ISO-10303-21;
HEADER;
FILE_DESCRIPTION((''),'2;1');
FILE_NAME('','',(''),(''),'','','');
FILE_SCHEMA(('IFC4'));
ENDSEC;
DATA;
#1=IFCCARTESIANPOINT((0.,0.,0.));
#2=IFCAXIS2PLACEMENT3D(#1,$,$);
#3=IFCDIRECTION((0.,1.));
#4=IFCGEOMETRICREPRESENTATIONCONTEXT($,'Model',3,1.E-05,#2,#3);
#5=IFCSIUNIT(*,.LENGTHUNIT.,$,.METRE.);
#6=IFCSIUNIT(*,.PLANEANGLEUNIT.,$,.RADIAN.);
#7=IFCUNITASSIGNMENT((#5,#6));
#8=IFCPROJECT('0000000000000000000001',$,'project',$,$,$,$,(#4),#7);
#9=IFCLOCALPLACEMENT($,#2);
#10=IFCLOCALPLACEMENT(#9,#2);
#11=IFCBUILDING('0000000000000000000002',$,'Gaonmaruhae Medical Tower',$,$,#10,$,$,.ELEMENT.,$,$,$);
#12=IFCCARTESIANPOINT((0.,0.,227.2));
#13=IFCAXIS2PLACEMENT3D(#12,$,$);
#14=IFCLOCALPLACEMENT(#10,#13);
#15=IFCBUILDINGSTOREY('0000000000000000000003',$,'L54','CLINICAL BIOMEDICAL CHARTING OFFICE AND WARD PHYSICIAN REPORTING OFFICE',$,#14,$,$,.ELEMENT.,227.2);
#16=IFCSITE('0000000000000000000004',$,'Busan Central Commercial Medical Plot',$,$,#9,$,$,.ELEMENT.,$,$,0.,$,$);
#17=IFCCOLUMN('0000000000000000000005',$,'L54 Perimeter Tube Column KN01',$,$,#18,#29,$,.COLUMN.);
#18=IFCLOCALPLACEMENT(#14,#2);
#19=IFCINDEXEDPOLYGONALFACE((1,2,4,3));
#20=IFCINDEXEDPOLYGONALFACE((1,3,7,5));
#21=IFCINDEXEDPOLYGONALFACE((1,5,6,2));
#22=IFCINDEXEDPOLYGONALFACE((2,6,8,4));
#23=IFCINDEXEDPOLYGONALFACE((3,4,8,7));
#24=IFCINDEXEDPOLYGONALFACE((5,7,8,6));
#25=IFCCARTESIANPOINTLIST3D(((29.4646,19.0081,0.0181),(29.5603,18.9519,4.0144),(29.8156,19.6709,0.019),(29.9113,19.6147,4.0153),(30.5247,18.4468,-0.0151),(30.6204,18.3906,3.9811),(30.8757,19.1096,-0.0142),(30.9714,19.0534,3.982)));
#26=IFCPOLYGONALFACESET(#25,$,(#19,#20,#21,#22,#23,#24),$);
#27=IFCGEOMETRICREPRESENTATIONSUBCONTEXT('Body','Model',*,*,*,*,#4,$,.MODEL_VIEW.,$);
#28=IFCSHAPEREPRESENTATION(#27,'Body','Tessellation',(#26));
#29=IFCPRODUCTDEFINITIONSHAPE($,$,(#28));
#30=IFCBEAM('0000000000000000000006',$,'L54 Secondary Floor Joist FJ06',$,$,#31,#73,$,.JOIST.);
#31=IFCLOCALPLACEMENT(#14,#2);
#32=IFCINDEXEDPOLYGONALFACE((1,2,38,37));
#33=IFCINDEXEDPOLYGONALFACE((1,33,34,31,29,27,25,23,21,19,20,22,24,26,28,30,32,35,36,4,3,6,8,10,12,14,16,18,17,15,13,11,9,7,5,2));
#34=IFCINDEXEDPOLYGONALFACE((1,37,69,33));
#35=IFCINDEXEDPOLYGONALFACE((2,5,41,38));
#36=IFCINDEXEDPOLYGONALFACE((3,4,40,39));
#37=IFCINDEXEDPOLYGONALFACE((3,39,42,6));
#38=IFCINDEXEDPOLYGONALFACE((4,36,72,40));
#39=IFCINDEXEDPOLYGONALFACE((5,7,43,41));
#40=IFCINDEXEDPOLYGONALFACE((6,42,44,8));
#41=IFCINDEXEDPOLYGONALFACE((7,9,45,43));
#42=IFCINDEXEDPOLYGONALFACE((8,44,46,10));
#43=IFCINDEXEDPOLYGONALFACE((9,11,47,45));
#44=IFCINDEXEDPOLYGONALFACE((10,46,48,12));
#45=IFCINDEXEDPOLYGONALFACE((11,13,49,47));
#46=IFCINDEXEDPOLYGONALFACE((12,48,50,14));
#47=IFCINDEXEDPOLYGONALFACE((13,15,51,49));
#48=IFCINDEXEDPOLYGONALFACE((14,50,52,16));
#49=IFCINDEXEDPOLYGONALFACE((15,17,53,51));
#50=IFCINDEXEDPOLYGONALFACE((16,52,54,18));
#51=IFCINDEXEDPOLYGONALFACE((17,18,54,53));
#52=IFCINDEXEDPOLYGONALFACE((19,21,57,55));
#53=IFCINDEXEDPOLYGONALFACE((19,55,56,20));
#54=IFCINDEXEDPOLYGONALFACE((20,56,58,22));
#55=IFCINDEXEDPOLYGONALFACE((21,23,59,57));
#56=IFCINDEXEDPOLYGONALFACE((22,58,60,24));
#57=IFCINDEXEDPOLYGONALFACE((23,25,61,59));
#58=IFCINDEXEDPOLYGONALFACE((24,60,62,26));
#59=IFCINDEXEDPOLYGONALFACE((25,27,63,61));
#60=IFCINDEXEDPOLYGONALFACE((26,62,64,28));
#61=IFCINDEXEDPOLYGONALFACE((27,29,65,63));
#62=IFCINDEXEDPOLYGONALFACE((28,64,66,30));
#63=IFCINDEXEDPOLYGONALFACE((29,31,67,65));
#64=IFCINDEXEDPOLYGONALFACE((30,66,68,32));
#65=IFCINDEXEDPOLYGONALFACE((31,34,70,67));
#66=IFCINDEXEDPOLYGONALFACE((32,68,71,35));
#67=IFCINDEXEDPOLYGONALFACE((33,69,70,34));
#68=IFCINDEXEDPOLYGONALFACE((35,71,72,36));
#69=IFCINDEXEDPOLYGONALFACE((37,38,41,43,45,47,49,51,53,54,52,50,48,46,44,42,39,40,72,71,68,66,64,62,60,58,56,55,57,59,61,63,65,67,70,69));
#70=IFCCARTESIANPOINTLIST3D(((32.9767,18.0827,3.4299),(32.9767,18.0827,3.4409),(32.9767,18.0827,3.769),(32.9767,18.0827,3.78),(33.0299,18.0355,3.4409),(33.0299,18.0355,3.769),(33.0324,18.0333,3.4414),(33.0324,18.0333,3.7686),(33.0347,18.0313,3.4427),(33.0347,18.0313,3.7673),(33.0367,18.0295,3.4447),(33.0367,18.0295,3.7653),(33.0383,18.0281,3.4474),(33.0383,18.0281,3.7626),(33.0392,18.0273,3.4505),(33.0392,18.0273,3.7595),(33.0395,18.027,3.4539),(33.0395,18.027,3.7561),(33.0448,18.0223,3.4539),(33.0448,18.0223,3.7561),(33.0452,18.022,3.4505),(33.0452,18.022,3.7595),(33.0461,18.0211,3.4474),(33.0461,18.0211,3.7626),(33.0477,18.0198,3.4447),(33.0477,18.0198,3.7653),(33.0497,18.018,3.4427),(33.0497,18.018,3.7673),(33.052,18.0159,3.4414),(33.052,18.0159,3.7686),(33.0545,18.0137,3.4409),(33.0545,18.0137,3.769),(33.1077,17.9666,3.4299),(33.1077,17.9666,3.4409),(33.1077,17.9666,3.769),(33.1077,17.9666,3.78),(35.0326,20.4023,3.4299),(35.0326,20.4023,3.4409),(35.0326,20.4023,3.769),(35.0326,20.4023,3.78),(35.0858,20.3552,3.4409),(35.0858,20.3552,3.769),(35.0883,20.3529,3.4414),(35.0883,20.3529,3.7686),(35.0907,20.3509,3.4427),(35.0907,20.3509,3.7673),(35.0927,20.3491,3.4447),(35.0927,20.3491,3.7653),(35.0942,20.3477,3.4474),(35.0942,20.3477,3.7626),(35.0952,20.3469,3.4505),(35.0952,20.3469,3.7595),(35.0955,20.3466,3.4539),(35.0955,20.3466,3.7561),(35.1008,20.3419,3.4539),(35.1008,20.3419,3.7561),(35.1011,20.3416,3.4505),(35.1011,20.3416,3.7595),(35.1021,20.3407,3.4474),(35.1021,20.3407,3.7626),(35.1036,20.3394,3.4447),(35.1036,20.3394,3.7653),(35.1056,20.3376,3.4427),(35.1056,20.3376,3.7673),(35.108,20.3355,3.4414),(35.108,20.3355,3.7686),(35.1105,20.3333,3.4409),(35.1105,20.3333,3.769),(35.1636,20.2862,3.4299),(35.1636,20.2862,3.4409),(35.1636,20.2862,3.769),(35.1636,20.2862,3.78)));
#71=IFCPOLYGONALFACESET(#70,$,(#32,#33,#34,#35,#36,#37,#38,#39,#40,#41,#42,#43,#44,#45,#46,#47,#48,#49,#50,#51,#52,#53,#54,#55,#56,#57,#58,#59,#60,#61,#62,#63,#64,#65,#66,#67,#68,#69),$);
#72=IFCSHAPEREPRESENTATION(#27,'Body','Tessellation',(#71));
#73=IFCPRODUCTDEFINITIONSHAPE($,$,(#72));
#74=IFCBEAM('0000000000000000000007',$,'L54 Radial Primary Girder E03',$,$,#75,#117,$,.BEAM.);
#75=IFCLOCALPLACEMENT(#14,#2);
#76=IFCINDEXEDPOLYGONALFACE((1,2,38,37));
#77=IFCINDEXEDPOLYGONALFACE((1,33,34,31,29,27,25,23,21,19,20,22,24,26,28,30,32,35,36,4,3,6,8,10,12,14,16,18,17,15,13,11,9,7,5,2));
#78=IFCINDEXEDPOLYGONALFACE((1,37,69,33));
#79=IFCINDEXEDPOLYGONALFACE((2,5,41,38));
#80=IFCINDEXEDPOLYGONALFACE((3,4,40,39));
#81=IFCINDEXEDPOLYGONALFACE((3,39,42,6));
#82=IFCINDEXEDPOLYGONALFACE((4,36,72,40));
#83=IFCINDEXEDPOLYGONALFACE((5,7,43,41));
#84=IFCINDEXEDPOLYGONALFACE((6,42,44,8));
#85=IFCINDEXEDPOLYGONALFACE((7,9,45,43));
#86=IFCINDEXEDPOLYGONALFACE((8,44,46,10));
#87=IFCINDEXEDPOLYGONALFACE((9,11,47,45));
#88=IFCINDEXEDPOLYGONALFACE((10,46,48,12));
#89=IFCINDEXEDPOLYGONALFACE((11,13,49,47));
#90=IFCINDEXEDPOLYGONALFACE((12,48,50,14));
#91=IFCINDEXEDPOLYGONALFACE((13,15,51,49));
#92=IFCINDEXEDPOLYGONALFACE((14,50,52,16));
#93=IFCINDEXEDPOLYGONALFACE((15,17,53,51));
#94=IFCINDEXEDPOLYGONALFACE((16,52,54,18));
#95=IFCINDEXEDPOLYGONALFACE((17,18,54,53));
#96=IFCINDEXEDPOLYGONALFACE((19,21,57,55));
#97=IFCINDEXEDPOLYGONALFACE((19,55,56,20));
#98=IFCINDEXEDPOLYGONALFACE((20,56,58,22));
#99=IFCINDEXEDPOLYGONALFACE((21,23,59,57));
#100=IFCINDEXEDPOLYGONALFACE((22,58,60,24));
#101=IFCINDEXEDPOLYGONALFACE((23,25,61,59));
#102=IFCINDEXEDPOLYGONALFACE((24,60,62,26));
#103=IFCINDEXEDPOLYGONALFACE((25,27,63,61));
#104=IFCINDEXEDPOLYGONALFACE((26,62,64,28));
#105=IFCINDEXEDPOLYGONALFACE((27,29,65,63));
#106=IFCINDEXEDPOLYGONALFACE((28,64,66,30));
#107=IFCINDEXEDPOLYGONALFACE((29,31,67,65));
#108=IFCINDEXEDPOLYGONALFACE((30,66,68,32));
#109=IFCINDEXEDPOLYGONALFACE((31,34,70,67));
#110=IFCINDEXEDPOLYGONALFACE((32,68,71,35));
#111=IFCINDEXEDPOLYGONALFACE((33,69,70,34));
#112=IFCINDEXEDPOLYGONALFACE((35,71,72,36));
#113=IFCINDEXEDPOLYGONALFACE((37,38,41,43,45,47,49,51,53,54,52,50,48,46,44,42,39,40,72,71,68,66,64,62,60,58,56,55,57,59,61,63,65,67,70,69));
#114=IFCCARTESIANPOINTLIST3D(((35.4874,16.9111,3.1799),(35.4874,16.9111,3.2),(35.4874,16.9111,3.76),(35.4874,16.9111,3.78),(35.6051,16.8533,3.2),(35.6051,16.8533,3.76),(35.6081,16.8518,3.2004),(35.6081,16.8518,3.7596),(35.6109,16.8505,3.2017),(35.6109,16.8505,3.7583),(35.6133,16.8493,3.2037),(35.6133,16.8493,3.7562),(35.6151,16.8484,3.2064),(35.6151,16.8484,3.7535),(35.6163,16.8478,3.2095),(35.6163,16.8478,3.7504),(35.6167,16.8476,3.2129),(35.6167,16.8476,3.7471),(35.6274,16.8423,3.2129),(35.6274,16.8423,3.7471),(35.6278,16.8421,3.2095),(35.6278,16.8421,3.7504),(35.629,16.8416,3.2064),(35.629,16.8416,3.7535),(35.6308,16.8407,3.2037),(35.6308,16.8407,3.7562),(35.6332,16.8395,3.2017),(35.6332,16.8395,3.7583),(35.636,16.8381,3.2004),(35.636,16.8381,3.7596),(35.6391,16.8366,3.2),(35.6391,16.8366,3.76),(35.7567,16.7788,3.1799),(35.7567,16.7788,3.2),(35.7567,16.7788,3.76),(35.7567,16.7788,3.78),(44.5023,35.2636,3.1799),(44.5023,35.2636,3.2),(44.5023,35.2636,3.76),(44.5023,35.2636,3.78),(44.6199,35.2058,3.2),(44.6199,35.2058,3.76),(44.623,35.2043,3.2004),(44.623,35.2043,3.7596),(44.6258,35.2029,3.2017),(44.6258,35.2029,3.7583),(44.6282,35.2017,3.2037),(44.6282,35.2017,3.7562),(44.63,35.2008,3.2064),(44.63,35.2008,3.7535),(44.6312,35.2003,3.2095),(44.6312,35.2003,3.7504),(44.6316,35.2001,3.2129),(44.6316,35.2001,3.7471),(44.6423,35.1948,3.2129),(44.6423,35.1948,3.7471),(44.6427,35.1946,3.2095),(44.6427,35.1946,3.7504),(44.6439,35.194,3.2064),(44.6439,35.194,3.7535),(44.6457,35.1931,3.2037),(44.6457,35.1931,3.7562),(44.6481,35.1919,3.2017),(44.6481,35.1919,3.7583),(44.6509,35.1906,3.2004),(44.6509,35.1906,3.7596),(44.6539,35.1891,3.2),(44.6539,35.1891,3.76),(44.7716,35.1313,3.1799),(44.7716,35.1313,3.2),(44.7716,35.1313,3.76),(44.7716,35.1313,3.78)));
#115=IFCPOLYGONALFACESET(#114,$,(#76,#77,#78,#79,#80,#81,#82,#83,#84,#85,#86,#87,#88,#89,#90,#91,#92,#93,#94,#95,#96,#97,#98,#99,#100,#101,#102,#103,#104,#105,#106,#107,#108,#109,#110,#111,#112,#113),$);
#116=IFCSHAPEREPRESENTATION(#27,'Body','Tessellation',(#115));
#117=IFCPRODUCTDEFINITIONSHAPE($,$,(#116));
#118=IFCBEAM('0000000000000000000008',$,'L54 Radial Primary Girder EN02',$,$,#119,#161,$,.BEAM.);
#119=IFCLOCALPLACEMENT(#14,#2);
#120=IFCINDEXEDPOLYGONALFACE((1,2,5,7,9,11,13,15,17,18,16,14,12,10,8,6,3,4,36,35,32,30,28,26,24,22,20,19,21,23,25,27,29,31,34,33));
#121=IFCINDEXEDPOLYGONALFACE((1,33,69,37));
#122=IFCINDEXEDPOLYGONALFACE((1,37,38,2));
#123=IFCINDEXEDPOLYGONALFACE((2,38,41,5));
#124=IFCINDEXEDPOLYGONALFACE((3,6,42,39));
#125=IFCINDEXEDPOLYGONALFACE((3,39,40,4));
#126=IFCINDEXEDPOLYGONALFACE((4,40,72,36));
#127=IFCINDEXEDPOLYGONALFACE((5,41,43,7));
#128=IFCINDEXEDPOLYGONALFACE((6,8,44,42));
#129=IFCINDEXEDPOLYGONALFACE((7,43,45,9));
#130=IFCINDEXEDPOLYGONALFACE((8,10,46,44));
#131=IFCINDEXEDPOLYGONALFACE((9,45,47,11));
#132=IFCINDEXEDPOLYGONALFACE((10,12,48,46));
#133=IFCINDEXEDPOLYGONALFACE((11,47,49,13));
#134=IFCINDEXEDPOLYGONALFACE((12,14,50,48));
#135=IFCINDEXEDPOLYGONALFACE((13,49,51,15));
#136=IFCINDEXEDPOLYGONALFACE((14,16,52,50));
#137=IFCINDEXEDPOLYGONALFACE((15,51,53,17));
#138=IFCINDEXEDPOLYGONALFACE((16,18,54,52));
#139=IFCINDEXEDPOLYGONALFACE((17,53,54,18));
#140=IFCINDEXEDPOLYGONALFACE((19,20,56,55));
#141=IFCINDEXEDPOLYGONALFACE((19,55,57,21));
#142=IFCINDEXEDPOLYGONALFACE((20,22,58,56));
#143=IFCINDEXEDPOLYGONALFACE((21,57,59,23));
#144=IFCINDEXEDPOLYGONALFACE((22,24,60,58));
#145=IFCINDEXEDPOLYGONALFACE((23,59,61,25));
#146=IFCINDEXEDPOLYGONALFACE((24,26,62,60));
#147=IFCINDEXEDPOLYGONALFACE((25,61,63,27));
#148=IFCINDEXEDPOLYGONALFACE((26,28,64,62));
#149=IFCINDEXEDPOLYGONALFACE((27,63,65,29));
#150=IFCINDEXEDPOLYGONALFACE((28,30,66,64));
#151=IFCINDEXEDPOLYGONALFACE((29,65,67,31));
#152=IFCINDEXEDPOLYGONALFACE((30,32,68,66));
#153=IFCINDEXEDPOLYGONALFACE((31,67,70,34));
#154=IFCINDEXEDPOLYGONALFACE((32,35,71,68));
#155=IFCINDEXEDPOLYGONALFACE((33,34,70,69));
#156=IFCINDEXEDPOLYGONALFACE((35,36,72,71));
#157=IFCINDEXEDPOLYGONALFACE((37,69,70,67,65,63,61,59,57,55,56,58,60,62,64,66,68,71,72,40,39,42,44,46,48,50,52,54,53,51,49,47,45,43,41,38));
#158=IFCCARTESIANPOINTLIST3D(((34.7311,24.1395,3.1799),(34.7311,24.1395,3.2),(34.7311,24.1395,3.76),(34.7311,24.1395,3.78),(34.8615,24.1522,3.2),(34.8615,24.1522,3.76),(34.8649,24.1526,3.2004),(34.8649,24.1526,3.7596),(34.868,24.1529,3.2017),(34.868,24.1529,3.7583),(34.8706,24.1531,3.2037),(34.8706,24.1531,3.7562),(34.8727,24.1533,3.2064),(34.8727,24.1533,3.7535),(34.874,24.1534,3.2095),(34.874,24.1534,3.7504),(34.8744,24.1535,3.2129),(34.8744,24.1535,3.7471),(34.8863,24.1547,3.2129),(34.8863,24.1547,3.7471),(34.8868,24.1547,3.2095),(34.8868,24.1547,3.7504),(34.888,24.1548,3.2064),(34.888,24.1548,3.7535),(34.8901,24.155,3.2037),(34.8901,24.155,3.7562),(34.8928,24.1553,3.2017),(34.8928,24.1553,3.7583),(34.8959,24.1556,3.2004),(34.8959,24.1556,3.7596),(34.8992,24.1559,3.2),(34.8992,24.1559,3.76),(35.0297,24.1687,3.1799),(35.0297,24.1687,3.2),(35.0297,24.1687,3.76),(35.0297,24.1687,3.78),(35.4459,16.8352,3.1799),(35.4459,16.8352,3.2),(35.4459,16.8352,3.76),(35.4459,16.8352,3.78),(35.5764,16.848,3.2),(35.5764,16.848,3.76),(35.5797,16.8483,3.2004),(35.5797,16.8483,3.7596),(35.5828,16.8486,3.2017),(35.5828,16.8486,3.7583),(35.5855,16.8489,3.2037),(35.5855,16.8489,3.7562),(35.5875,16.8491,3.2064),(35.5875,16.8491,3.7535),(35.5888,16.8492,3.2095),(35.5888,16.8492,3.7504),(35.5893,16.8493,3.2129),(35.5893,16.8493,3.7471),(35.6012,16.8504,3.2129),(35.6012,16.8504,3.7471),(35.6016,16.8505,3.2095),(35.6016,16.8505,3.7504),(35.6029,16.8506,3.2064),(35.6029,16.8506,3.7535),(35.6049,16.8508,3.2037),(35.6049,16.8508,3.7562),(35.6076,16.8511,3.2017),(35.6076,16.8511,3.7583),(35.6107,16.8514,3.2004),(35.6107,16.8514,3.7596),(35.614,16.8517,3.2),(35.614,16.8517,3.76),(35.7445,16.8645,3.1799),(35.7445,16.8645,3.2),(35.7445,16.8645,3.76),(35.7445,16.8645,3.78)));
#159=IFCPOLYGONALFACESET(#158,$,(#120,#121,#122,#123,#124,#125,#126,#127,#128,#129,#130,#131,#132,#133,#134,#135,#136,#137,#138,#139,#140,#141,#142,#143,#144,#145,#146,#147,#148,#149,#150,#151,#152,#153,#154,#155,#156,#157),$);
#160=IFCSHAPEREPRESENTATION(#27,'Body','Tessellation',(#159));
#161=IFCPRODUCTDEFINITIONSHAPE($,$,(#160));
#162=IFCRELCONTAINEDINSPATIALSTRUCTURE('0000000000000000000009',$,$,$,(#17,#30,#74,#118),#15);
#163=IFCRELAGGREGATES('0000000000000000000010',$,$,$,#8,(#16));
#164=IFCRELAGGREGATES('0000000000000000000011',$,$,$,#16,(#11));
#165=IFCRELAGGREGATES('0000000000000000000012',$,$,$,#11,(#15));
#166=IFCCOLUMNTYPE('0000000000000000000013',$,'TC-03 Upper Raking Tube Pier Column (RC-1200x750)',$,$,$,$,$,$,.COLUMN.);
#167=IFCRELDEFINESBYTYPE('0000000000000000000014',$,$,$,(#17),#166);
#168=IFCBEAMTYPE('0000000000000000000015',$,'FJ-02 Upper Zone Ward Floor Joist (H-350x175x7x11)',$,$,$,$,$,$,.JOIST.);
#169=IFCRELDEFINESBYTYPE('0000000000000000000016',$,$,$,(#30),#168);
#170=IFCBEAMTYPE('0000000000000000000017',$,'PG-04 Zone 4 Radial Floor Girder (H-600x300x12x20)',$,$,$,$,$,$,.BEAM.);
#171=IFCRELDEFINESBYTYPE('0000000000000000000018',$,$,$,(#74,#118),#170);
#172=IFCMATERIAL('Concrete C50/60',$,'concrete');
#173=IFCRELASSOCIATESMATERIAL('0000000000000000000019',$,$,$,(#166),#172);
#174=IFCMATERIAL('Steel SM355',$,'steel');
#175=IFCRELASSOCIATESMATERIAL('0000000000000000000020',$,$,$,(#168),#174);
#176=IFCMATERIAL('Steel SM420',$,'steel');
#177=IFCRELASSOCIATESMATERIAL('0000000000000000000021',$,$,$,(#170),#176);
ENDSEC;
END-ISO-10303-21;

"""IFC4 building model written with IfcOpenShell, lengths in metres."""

from ifc_helpers import new_model, si_unit, direction, frame, origin, origin_2d, place, context, subcontext, project, spatial, rectangle, i_section, extrude, material, material_profile, profile_set, type_object, element, save


model = new_model("IFC4")

# Units and contexts
model_context = context("Model", 3, precision=1e-05, world=origin(), true_north=direction((0.0, 1.0)))
body_context = subcontext(model_context, "Body", "Model", "MODEL_VIEW")
ifc_project = project(units=[si_unit("LENGTHUNIT", "METRE"), si_unit("PLANEANGLEUNIT", "RADIAN")], contexts=[model_context])

# Site, building, storey
site_placement = place(None, origin())
site = spatial("IfcSite", under=ifc_project, at=site_placement, Name="Busan Central Commercial Medical Plot", CompositionType="ELEMENT", RefElevation=0.0)
building_placement = place(site_placement, origin())
building = spatial("IfcBuilding", under=site, at=building_placement, Name="Gaonmaruhae Medical Tower", CompositionType="ELEMENT")
storey_placement = place(building_placement, frame((0.0, 0.0, 227.2)))
storey = spatial("IfcBuildingStorey", under=building, at=storey_placement, Name="L54", Description="CLINICAL BIOMEDICAL CHARTING OFFICE AND WARD PHYSICIAN REPORTING OFFICE", CompositionType="ELEMENT", Elevation=227.2)

# Column
ifc_material_1 = material(Name="Concrete C50/60", Category="concrete")
ifc_material_profile_1 = material_profile(ifc_material_1, rectangle(XDim=1.2, YDim=0.75, at=origin_2d()), Name="RC-1200x750")
ifc_profile_set_1 = profile_set([ifc_material_profile_1], Name="Concrete C50/60")
column_type = type_object("IfcColumnType", Name="TC-03 Upper Raking Tube Pier Column (RC-1200x750)", PredefinedType="COLUMN", material=ifc_profile_set_1)
column_placement = place(storey_placement, frame((30.1702, 19.0588, 0.002), z_axis=(0.023938, -0.014046, 0.999615), x_axis=(-0.88342, 0.46776, 0.027728)))
element("IfcColumn", 1, at=column_placement, inside=storey, type_object=column_type, Name="L54 Perimeter Tube Column KN01", PredefinedType="COLUMN", context=body_context, shape_type="SweptSolid", body=[
    extrude(rectangle(XDim=1.2, YDim=0.75, at=origin_2d()), origin(), (0.0, 0.0, 1.0), 3.9978),
])

# Beams
ifc_material_2 = material(Name="Steel SM355", Category="steel")
ifc_material_profile_2 = material_profile(ifc_material_2, i_section(OverallWidth=0.175, OverallDepth=0.3501, WebThickness=0.0071, FlangeThickness=0.011, FilletRadius=0.0129, at=origin_2d()), Name="H-350x175x7x11")
ifc_profile_set_2 = profile_set([ifc_material_profile_2], Name="Steel SM355")
beam_type_1 = type_object("IfcBeamType", Name="FJ-02 Upper Zone Ward Floor Joist (H-350x175x7x11)", PredefinedType="JOIST", material=ifc_profile_set_2)
beam_1_placement = place(storey_placement, frame((35.0981, 20.3442, 3.605), z_axis=(-0.663292, -0.74836, 0.0), x_axis=(0.74836, -0.663292, 0.0)))
element("IfcBeam", 2, at=beam_1_placement, inside=storey, type_object=beam_type_1, Name="L54 Secondary Floor Joist FJ06", PredefinedType="JOIST", context=body_context, shape_type="SweptSolid", body=[
    extrude(i_section(OverallWidth=0.175, OverallDepth=0.3501, WebThickness=0.0071, FlangeThickness=0.011, FilletRadius=0.0129, at=origin_2d()), origin(), (0.0, 0.0, 1.0), 3.0996),
])
ifc_material_3 = material(Name="Steel SM420", Category="steel")
ifc_material_profile_3 = material_profile(ifc_material_3, i_section(OverallWidth=0.3, OverallDepth=0.6001, WebThickness=0.012, FlangeThickness=0.02, FilletRadius=0.0129, at=origin_2d()), Name="H-600x300x12x20")
ifc_profile_set_3 = profile_set([ifc_material_profile_3], Name="Steel SM420")
beam_type_2 = type_object("IfcBeamType", Name="PG-04 Zone 4 Radial Floor Girder (H-600x300x12x20)", PredefinedType="BEAM", material=ifc_profile_set_3)
beam_2_placement = place(storey_placement, frame((35.6221, 16.845, 3.48), z_axis=(0.440889, 0.897562, 0.0), x_axis=(-0.897562, 0.440889, 0.0)))
element("IfcBeam", 3, at=beam_2_placement, inside=storey, type_object=beam_type_2, Name="L54 Radial Primary Girder E03", PredefinedType="BEAM", context=body_context, shape_type="SweptSolid", body=[
    extrude(i_section(OverallWidth=0.3, OverallDepth=0.6001, WebThickness=0.012, FlangeThickness=0.02, FilletRadius=0.0129, at=origin_2d()), origin(), (0.0, 0.0, 1.0), 20.447),
])
beam_3_placement = place(storey_placement, frame((35.5952, 16.8499, 3.48), z_axis=(-0.097402, 0.995245, 0.0), x_axis=(-0.995245, -0.097402, 0.0)))
element("IfcBeam", 4, at=beam_3_placement, inside=storey, type_object=beam_type_2, Name="L54 Radial Primary Girder EN02", PredefinedType="BEAM", context=body_context, shape_type="SweptSolid", body=[
    extrude(i_section(OverallWidth=0.3, OverallDepth=0.6001, WebThickness=0.012, FlangeThickness=0.02, FilletRadius=0.0129, at=origin_2d()), origin(), (0.0, 0.0, 1.0), 7.3391),
])

save(model, "model.ifc")
